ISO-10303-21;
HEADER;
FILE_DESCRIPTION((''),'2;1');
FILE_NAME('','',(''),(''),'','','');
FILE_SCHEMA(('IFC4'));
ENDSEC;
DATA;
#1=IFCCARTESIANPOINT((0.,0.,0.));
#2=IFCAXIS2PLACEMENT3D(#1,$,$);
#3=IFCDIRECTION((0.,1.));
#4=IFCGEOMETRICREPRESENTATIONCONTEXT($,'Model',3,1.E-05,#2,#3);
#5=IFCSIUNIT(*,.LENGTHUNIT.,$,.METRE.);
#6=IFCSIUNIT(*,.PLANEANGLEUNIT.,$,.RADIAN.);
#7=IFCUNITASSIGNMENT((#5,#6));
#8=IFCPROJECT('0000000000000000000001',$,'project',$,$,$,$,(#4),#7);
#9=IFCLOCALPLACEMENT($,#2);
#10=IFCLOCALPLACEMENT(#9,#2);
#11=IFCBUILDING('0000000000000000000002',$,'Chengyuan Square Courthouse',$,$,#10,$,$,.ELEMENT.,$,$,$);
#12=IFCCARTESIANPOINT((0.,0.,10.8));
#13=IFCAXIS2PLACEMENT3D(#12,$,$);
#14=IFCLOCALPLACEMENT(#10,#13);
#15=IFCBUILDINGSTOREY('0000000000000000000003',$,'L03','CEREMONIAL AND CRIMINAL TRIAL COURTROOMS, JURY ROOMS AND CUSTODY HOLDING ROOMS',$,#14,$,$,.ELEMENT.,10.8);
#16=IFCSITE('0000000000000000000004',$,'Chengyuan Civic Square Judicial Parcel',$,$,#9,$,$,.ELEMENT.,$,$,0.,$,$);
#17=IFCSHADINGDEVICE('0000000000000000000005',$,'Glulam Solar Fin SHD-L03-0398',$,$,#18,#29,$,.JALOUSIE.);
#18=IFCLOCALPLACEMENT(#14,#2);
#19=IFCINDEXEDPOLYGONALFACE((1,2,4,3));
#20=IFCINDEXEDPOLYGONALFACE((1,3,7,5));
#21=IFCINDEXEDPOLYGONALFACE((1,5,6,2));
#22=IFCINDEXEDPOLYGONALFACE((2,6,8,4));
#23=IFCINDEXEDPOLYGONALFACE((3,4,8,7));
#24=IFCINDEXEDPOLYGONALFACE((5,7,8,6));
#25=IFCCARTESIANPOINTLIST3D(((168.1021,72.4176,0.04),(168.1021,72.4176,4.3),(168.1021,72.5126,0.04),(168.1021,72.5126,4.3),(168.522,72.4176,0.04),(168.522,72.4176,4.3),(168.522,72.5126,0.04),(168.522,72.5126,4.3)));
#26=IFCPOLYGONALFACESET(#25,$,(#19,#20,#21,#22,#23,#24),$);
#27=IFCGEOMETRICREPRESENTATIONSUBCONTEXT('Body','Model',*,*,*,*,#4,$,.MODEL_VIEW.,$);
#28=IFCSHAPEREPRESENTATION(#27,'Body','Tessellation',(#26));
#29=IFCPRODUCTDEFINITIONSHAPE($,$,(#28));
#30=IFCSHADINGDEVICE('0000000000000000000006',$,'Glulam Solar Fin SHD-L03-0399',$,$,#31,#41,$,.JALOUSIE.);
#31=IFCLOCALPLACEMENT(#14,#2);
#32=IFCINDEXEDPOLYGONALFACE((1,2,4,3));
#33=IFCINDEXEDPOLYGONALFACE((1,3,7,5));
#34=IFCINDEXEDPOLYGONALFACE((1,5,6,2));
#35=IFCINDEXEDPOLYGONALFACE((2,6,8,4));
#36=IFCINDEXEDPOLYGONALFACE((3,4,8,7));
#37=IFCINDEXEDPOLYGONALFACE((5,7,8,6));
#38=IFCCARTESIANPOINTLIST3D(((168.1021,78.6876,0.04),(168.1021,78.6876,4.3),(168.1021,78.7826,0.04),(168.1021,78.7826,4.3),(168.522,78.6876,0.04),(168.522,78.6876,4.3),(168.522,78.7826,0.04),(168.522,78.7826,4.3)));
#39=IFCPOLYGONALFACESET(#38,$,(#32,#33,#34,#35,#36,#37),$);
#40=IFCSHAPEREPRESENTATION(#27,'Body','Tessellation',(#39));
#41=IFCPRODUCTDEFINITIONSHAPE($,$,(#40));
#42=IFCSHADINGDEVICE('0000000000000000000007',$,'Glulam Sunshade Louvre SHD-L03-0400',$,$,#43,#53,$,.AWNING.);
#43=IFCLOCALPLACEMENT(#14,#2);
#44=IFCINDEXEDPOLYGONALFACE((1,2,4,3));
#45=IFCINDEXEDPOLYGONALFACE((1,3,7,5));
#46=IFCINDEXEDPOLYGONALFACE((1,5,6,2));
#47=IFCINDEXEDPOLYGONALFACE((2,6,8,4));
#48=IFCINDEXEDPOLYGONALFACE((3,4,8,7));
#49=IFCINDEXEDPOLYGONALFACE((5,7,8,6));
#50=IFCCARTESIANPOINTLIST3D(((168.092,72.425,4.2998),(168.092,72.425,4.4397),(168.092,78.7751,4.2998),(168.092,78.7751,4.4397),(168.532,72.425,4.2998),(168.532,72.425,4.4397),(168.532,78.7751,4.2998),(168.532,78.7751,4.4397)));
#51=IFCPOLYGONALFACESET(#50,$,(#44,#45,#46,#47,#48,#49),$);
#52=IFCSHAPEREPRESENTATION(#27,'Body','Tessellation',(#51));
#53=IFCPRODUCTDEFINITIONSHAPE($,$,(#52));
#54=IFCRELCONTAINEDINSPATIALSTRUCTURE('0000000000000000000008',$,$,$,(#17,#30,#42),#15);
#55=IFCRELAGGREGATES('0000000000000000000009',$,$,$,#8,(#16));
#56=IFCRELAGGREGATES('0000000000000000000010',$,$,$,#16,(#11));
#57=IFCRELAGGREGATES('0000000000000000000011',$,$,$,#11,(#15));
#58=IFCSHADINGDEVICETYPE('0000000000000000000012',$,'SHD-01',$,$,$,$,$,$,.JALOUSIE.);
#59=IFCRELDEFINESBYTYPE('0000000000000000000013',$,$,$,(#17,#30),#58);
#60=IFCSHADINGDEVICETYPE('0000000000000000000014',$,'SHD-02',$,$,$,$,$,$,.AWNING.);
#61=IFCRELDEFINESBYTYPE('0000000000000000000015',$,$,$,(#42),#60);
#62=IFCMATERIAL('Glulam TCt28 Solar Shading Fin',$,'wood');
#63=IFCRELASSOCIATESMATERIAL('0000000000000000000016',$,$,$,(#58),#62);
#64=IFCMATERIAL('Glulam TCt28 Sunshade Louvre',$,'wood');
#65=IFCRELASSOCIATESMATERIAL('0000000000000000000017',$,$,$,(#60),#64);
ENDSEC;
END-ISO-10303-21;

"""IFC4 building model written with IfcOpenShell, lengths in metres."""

from ifc_helpers import new_model, si_unit, direction, frame, origin, origin_2d, place, context, subcontext, project, spatial, rectangle, extrude, material, type_object, element, save


model = new_model("IFC4")

# Units and contexts
model_context = context("Model", 3, precision=1e-05, world=origin(), true_north=direction((0.0, 1.0)))
body_context = subcontext(model_context, "Body", "Model", "MODEL_VIEW")
ifc_project = project(units=[si_unit("LENGTHUNIT", "METRE"), si_unit("PLANEANGLEUNIT", "RADIAN")], contexts=[model_context])

# Site, building, storey
site_placement = place(None, origin())
site = spatial("IfcSite", under=ifc_project, at=site_placement, Name="Chengyuan Civic Square Judicial Parcel", CompositionType="ELEMENT", RefElevation=0.0)
building_placement = place(site_placement, origin())
building = spatial("IfcBuilding", under=site, at=building_placement, Name="Chengyuan Square Courthouse", CompositionType="ELEMENT")
storey_placement = place(building_placement, frame((0.0, 0.0, 10.8)))
storey = spatial("IfcBuildingStorey", under=building, at=storey_placement, Name="L03", Description="CEREMONIAL AND CRIMINAL TRIAL COURTROOMS, JURY ROOMS AND CUSTODY HOLDING ROOMS", CompositionType="ELEMENT", Elevation=10.8)

# Shading devices
ifc_material_1 = material(Name="Glulam TCt28 Solar Shading Fin", Category="wood")
shading_device_type_1 = type_object("IfcShadingDeviceType", Name="SHD-01", PredefinedType="JALOUSIE", material=ifc_material_1)
for number, where, z_axis, x_axis, name in (
    (1, (168.312, 72.4651, 0.04), (0.0, 0.0, 1.0), (1.0, 0.0, 0.0), "Glulam Solar Fin SHD-L03-0398"),
    (2, (168.312, 78.7351, 0.04), (0.0, 0.0, 1.0), (1.0, 0.0, 0.0), "Glulam Solar Fin SHD-L03-0399"),
):
    element("IfcShadingDevice", number, at=place(storey_placement, frame(where, z_axis=z_axis, x_axis=x_axis)), inside=storey, type_object=shading_device_type_1, Name=name, PredefinedType="JALOUSIE", context=body_context, shape_type="SweptSolid", body=[
        extrude(rectangle(XDim=0.4199, YDim=0.095, at=origin_2d()), origin(), (0.0, 0.0, 1.0), 4.26),
    ])
ifc_material_2 = material(Name="Glulam TCt28 Sunshade Louvre", Category="wood")
shading_device_type_2 = type_object("IfcShadingDeviceType", Name="SHD-02", PredefinedType="AWNING", material=ifc_material_2)
shading_device_placement = place(storey_placement, frame((168.312, 75.6001, 4.2998), z_axis=(0.0, 0.0, 1.0), x_axis=(0.0, 1.0, 0.0)))
element("IfcShadingDevice", 3, at=shading_device_placement, inside=storey, type_object=shading_device_type_2, Name="Glulam Sunshade Louvre SHD-L03-0400", PredefinedType="AWNING", context=body_context, shape_type="SweptSolid", body=[
    extrude(rectangle(XDim=6.3501, YDim=0.4399, at=origin_2d()), origin(), (0.0, 0.0, 1.0), 0.1399),
])

save(model, "model.ifc")
